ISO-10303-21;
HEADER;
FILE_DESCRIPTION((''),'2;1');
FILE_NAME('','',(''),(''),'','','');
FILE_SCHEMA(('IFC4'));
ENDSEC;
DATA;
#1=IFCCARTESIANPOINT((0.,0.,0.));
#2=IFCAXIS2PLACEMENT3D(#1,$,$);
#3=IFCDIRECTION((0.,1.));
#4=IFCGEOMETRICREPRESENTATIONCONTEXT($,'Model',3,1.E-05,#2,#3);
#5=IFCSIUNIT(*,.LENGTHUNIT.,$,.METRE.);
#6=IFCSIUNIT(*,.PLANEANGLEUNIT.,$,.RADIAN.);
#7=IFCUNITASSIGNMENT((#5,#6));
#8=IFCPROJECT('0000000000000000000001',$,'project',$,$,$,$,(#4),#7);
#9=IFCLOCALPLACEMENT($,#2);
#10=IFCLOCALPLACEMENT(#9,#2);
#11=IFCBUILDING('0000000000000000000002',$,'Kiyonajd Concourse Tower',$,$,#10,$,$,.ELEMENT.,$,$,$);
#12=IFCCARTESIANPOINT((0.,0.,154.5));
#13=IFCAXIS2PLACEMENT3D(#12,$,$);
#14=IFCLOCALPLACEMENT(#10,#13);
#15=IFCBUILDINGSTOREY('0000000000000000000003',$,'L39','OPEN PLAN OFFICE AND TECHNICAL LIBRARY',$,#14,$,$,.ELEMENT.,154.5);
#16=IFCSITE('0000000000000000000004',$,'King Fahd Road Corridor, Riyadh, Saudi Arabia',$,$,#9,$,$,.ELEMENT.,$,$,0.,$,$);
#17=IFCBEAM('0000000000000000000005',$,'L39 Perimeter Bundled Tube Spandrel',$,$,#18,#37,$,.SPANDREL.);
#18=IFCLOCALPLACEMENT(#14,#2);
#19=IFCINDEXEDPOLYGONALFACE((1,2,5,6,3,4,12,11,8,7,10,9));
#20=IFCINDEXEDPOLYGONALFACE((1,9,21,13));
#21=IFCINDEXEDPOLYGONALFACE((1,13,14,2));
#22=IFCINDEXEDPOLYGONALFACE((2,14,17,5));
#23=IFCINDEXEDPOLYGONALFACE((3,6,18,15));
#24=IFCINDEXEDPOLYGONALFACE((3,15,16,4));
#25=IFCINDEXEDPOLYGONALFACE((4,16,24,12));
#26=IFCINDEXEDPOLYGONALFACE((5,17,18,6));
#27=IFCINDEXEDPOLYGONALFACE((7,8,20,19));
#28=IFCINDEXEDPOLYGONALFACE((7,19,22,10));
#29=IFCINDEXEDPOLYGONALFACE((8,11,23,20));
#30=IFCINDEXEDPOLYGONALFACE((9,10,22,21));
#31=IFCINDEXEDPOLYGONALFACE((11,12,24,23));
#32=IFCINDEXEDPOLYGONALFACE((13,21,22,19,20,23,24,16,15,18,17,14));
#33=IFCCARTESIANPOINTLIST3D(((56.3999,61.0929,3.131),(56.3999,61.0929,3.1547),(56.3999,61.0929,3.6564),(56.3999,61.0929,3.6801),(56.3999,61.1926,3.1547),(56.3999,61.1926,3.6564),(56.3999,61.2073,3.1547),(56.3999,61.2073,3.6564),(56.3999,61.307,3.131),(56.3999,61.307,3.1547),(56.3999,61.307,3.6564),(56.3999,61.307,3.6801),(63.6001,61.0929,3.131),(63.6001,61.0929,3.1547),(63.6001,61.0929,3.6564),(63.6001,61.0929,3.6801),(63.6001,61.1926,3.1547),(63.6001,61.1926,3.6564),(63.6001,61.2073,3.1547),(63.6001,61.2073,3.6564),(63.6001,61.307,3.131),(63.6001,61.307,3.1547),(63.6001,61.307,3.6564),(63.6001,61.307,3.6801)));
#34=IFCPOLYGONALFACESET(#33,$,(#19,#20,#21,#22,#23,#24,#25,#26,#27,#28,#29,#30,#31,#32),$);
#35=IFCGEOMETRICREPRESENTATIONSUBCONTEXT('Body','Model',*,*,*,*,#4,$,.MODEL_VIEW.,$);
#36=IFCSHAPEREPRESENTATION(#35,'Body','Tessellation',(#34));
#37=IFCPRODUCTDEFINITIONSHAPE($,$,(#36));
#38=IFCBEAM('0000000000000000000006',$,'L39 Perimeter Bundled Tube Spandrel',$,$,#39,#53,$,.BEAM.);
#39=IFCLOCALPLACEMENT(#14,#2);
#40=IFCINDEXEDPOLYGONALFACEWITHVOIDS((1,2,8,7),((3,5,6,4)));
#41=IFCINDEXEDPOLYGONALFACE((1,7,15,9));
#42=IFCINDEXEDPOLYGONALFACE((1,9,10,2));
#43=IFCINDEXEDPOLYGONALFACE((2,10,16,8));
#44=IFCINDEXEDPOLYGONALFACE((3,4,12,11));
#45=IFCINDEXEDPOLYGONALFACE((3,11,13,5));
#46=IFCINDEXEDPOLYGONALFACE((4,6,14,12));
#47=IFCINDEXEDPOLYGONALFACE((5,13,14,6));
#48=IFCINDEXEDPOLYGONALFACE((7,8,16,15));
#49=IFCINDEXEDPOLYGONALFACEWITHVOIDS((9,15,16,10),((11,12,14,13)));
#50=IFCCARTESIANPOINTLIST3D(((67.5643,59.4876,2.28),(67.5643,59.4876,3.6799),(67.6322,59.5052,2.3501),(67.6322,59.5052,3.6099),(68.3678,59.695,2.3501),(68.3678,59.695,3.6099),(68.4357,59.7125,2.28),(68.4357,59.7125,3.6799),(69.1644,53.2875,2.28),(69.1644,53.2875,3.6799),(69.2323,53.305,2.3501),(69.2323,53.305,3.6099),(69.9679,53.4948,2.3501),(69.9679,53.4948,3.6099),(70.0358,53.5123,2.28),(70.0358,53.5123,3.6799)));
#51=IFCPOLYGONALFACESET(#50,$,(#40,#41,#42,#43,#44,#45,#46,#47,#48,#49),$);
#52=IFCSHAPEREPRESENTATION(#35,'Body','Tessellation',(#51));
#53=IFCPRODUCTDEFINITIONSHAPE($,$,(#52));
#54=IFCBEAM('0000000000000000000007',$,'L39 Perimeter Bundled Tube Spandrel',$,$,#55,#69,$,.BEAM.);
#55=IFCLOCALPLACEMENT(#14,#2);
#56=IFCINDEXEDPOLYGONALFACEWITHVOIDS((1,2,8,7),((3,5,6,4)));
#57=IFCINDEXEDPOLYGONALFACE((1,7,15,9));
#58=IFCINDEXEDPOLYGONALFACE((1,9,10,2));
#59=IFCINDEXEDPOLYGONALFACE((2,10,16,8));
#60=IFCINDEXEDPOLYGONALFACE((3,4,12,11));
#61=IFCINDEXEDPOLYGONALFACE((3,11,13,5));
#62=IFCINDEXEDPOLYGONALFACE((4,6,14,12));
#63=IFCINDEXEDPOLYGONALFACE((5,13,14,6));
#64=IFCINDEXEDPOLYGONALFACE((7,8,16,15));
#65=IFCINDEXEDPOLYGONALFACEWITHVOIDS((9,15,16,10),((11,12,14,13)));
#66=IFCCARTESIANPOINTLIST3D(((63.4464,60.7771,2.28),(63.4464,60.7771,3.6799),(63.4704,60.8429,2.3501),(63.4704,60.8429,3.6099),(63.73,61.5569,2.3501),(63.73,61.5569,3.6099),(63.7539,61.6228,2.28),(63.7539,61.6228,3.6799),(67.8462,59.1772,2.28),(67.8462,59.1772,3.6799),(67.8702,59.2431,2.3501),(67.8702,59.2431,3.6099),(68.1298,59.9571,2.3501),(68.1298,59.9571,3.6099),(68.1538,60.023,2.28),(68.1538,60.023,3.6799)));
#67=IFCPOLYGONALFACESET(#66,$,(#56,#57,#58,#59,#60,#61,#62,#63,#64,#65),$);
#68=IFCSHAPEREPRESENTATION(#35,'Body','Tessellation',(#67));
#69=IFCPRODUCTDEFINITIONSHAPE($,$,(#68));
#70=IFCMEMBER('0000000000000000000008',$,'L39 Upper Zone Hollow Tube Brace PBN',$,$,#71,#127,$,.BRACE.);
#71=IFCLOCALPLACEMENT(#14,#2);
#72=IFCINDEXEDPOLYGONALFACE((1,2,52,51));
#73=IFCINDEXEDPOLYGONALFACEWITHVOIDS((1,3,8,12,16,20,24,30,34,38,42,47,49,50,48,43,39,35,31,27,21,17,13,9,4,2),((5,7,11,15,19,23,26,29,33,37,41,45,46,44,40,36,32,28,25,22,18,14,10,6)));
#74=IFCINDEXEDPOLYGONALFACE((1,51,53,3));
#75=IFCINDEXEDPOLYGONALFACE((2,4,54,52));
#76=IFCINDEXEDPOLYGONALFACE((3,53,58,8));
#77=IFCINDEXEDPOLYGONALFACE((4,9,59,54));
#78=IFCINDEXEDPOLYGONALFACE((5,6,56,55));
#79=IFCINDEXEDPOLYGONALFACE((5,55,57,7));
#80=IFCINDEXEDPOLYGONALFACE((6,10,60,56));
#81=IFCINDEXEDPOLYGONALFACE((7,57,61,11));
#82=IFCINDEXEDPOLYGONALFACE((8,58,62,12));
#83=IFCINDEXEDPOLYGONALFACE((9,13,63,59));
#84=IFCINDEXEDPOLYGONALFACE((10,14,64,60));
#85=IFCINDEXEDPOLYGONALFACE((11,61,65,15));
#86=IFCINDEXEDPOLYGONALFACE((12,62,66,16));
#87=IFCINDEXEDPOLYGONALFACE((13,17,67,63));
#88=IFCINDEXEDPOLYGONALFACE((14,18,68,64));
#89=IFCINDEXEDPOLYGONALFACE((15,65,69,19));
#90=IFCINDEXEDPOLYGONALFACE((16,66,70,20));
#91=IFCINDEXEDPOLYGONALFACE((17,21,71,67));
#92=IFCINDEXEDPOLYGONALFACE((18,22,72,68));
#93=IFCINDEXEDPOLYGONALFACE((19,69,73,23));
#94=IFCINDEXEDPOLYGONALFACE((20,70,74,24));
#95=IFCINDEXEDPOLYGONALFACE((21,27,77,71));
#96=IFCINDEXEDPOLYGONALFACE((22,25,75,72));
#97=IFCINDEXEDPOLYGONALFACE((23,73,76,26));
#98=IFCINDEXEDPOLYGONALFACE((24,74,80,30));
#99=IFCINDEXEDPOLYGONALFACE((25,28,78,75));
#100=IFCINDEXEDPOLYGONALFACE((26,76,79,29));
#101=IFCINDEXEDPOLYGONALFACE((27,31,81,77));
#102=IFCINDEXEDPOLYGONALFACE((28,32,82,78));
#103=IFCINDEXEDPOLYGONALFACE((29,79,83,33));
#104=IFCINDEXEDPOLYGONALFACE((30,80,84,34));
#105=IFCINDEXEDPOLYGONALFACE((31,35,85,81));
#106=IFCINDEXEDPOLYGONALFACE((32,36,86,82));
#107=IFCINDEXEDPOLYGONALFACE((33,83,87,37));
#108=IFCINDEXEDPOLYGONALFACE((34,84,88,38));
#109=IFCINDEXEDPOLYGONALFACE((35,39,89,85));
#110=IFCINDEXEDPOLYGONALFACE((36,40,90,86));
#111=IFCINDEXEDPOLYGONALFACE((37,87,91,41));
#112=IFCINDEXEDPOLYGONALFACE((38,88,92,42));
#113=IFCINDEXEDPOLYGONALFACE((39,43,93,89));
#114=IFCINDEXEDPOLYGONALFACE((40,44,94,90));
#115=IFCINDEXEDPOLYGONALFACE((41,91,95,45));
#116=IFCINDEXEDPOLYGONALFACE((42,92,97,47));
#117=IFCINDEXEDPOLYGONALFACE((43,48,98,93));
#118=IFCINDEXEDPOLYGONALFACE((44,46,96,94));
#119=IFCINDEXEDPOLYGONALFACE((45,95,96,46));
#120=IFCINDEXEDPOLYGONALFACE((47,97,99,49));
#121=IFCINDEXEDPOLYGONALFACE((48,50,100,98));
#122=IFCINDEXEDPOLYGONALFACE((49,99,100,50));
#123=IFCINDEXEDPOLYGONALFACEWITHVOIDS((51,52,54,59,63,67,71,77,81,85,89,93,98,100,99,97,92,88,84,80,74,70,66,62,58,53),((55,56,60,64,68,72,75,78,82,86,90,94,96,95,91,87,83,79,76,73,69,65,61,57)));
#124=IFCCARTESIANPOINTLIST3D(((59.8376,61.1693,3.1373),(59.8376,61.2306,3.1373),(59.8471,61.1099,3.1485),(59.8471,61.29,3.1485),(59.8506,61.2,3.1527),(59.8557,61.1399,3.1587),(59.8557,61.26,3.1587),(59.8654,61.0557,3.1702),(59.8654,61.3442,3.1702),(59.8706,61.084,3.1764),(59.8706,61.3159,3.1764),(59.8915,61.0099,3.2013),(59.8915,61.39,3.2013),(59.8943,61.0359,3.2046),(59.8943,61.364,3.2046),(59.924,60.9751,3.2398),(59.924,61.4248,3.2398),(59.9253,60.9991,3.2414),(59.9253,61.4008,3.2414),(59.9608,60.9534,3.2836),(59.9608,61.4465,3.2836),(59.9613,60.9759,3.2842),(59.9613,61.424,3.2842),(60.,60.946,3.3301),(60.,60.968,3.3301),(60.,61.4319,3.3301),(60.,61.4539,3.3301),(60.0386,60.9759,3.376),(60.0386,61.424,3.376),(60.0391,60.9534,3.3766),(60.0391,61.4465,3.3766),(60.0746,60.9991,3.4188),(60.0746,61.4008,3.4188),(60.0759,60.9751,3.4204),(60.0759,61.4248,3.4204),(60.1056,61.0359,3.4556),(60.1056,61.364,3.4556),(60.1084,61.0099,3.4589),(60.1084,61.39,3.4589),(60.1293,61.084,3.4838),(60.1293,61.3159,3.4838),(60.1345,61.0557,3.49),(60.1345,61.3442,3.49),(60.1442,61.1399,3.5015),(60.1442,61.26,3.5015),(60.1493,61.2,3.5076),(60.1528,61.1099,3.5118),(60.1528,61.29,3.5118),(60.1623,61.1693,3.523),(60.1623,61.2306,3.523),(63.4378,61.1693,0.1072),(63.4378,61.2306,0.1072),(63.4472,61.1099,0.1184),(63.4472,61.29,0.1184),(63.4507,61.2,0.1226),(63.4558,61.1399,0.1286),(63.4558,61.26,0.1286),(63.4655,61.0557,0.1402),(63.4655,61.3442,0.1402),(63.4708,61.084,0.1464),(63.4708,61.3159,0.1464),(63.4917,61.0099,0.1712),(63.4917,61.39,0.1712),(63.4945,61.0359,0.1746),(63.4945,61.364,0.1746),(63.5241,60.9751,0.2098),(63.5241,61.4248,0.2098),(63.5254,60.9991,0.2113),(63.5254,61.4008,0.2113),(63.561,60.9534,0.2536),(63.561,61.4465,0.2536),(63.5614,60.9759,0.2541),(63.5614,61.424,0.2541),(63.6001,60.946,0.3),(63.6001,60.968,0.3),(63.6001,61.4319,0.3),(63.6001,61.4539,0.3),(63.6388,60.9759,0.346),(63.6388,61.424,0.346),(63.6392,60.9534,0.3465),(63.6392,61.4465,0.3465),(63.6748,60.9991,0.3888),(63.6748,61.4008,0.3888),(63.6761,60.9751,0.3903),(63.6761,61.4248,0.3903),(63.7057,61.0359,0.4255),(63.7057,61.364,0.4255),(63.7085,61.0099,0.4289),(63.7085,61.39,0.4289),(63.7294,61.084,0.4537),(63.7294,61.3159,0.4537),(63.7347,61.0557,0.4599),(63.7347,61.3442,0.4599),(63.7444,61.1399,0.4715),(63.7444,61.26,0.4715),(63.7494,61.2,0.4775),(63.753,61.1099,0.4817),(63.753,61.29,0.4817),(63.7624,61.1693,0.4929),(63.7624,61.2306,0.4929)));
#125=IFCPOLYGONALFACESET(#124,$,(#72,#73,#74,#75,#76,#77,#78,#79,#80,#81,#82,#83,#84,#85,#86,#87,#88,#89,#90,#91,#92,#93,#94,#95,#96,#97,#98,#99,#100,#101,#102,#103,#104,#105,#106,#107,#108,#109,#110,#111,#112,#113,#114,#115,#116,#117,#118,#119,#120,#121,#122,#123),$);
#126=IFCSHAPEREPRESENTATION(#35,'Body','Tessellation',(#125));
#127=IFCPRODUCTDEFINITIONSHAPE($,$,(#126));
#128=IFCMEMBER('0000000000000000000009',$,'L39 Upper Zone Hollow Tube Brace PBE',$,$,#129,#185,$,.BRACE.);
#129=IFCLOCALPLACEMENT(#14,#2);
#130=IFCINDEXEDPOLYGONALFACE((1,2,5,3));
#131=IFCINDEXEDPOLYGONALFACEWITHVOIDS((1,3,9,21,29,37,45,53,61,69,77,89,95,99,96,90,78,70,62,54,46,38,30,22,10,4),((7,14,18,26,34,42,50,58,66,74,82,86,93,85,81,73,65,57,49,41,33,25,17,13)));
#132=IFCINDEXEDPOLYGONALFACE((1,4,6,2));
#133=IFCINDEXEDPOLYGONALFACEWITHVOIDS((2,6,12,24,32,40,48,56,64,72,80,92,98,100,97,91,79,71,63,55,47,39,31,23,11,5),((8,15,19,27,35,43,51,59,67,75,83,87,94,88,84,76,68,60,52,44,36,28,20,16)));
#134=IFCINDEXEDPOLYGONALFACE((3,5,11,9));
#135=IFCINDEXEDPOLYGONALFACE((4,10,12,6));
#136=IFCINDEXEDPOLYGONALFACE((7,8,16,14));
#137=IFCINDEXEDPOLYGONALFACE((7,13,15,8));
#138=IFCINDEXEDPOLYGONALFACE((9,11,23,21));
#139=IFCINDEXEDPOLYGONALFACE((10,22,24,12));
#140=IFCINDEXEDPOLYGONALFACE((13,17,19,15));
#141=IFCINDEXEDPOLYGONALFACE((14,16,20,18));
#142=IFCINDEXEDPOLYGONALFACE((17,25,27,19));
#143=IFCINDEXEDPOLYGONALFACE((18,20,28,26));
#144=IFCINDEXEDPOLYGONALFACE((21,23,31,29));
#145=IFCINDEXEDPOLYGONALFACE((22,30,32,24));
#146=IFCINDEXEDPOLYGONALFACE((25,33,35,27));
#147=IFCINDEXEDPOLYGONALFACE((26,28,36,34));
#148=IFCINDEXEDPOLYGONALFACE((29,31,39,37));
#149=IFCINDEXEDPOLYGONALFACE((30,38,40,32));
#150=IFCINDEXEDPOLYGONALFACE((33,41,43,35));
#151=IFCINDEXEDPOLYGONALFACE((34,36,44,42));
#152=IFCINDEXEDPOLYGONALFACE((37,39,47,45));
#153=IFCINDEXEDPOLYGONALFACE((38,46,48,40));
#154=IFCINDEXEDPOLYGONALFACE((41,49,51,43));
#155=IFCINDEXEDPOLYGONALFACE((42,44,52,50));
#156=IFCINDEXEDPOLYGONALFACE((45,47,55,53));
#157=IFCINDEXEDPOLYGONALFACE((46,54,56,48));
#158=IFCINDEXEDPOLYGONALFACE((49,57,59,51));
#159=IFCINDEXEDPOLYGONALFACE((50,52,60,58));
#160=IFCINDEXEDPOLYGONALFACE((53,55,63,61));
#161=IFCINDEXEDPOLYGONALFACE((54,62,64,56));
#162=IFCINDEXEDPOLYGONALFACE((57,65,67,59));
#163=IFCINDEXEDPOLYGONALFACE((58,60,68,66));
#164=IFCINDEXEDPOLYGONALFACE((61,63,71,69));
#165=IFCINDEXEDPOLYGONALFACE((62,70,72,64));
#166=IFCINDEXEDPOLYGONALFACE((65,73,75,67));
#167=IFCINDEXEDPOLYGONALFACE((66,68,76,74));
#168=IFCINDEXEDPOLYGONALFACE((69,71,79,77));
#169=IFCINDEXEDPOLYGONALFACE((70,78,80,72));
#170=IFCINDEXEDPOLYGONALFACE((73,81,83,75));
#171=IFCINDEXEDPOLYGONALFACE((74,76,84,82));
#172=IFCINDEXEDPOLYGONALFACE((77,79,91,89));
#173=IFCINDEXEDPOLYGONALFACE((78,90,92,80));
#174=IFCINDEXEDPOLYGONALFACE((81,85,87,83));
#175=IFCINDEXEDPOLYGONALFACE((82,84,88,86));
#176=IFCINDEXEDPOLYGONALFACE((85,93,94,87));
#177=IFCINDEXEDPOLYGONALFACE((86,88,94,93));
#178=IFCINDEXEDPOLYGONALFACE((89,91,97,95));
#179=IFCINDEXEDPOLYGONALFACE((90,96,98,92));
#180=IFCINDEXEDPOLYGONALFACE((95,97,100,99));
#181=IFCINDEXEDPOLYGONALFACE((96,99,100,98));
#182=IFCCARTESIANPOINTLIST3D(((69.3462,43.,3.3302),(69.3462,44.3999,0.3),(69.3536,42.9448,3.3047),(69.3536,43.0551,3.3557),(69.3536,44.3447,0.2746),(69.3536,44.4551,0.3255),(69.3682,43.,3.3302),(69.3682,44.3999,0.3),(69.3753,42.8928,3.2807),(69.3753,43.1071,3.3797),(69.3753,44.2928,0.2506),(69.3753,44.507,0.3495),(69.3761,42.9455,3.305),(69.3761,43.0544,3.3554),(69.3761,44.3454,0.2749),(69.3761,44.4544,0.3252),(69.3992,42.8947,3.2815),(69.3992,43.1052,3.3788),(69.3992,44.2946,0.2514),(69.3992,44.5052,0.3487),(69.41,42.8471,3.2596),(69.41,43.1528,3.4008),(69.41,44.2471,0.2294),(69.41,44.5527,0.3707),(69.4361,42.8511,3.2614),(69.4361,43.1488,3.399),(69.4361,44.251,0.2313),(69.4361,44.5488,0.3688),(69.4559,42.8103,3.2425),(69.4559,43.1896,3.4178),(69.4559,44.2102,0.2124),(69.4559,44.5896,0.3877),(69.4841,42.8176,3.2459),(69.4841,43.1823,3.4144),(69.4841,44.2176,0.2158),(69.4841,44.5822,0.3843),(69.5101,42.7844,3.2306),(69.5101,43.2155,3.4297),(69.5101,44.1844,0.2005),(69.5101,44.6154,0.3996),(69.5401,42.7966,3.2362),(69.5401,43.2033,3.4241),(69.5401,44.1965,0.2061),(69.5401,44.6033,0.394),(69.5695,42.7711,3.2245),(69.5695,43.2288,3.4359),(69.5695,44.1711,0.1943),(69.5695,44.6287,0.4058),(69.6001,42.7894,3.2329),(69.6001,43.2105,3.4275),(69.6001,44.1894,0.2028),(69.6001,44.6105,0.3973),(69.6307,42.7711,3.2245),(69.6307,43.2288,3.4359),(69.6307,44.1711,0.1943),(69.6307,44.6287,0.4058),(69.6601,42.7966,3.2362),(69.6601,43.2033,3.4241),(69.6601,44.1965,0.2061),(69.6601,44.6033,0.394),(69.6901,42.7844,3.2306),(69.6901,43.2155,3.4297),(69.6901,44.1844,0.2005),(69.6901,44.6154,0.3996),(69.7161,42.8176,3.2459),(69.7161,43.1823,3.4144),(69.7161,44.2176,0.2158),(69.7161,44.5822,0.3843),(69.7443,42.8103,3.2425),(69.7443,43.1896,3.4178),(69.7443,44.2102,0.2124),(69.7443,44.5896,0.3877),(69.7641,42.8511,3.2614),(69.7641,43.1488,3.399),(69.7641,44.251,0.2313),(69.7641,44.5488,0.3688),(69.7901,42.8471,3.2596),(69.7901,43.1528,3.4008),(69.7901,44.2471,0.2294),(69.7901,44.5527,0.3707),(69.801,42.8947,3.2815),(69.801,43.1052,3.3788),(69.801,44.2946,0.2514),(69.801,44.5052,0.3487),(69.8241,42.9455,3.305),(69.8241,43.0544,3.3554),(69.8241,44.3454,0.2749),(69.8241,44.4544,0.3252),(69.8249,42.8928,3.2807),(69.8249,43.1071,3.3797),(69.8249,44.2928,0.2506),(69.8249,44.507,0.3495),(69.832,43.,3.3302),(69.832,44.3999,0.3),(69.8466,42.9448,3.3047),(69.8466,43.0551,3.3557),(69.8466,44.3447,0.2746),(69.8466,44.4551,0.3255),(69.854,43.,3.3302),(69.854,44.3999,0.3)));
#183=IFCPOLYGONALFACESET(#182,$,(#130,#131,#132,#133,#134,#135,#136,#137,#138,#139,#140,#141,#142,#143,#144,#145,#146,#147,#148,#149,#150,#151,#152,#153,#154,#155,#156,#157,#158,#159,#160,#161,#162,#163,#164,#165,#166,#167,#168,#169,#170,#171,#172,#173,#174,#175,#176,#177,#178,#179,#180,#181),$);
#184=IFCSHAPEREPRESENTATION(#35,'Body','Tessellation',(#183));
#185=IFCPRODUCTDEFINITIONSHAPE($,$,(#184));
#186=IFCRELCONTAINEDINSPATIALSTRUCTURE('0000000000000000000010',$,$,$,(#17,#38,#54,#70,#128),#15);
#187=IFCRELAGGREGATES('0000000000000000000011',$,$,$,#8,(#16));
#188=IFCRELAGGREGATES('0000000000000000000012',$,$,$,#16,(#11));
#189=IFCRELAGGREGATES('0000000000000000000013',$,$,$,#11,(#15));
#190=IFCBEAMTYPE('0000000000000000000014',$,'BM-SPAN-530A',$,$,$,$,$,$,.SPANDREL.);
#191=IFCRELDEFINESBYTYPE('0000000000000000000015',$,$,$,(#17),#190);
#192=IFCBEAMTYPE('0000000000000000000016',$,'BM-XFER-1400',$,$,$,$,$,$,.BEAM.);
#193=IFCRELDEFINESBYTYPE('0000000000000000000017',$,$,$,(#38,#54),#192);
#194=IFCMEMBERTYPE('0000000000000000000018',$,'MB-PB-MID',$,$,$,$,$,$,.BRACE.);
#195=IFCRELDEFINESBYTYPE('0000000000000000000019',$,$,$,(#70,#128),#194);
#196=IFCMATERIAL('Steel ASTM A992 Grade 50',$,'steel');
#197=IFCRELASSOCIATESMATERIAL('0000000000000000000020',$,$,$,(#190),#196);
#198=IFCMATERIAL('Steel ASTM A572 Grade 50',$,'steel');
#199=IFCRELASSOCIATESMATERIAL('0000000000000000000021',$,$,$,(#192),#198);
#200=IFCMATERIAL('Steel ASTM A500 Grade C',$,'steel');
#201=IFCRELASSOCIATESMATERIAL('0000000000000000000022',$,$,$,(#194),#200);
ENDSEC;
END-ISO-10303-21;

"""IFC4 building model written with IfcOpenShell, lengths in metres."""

from ifc_helpers import new_model, si_unit, direction, frame, origin, origin_2d, place, context, subcontext, project, spatial, hollow_rectangle, hollow_circle, i_section, extrude, material, material_profile, profile_set, type_object, element, save


model = new_model("IFC4")

# Units and contexts
model_context = context("Model", 3, precision=1e-05, world=origin(), true_north=direction((0.0, 1.0)))
body_context = subcontext(model_context, "Body", "Model", "MODEL_VIEW")
ifc_project = project(units=[si_unit("LENGTHUNIT", "METRE"), si_unit("PLANEANGLEUNIT", "RADIAN")], contexts=[model_context])

# Site, building, storey
site_placement = place(None, origin())
site = spatial("IfcSite", under=ifc_project, at=site_placement, Name="King Fahd Road Corridor, Riyadh, Saudi Arabia", CompositionType="ELEMENT", RefElevation=0.0)
building_placement = place(site_placement, origin())
building = spatial("IfcBuilding", under=site, at=building_placement, Name="Kiyonajd Concourse Tower", CompositionType="ELEMENT")
storey_placement = place(building_placement, frame((0.0, 0.0, 154.5)))
storey = spatial("IfcBuildingStorey", under=building, at=storey_placement, Name="L39", Description="OPEN PLAN OFFICE AND TECHNICAL LIBRARY", CompositionType="ELEMENT", Elevation=154.5)

# Beams
ifc_material_1 = material(Name="Steel ASTM A992 Grade 50", Category="steel")
ifc_material_profile_1 = material_profile(ifc_material_1, i_section(OverallWidth=0.2141, OverallDepth=0.5491, WebThickness=0.0146, FlangeThickness=0.0237, at=origin_2d()), Name="W530X138")
ifc_profile_set_1 = profile_set([ifc_material_profile_1], Name="Steel ASTM A992 Grade 50")
beam_type_1 = type_object("IfcBeamType", Name="BM-SPAN-530A", PredefinedType="SPANDREL", material=ifc_profile_set_1)
beam_1_placement = place(storey_placement, frame((63.6001, 61.2, 3.4055), z_axis=(-1.0, 0.0, 0.0), x_axis=(0.0, -1.0, 0.0)))
element("IfcBeam", 1, at=beam_1_placement, inside=storey, type_object=beam_type_1, Name="L39 Perimeter Bundled Tube Spandrel", PredefinedType="SPANDREL", context=body_context, shape_type="SweptSolid", body=[
    extrude(i_section(OverallWidth=0.2141, OverallDepth=0.5491, WebThickness=0.0146, FlangeThickness=0.0237, at=origin_2d()), origin(), (0.0, 0.0, 1.0), 7.2002),
])
ifc_material_2 = material(Name="Steel ASTM A572 Grade 50", Category="steel")
ifc_material_profile_2 = material_profile(ifc_material_2, hollow_rectangle(XDim=0.8999, YDim=1.3999, WallThickness=0.0701, at=origin_2d()), Name="BOX-1400x900x70")
ifc_profile_set_2 = profile_set([ifc_material_profile_2], Name="Steel ASTM A572 Grade 50")
beam_type_2 = type_object("IfcBeamType", Name="BM-XFER-1400", PredefinedType="BEAM", material=ifc_profile_set_2)
beam_2_placement = place(storey_placement, frame((69.6001, 53.3999, 2.98), z_axis=(-0.249885, 0.968276, 0.0), x_axis=(-0.968276, -0.249885, 0.0)))
element("IfcBeam", 2, at=beam_2_placement, inside=storey, type_object=beam_type_2, Name="L39 Perimeter Bundled Tube Spandrel", PredefinedType="BEAM", context=body_context, shape_type="SweptSolid", body=[
    extrude(hollow_rectangle(XDim=0.8999, YDim=1.3999, WallThickness=0.0701, at=origin_2d()), origin(), (0.0, 0.0, 1.0), 6.4033),
])
beam_3_placement = place(storey_placement, frame((68.0, 59.6001, 2.98), z_axis=(-0.939801, 0.341722, 0.0), x_axis=(-0.341722, -0.939801, 0.0)))
element("IfcBeam", 3, at=beam_3_placement, inside=storey, type_object=beam_type_2, Name="L39 Perimeter Bundled Tube Spandrel", PredefinedType="BEAM", context=body_context, shape_type="SweptSolid", body=[
    extrude(hollow_rectangle(XDim=0.8999, YDim=1.3999, WallThickness=0.0701, at=origin_2d()), origin(), (0.0, 0.0, 1.0), 4.6816),
])

# Members
ifc_material_3 = material(Name="Steel ASTM A500 Grade C", Category="steel")
ifc_material_profile_3 = material_profile(ifc_material_3, hollow_circle(Radius=0.2539, WallThickness=0.022, at=origin_2d()), Name="CHS-508x22")
ifc_profile_set_3 = profile_set([ifc_material_profile_3], Name="Steel ASTM A500 Grade C")
member_type = type_object("IfcMemberType", Name="MB-PB-MID", PredefinedType="BRACE", material=ifc_profile_set_3)
member_1_placement = place(storey_placement, frame((63.6001, 61.2, 0.3), z_axis=(-0.765082, 0.0, 0.643933), x_axis=(0.0, -1.0, 0.0)))
element("IfcMember", 4, at=member_1_placement, inside=storey, type_object=member_type, Name="L39 Upper Zone Hollow Tube Brace PBN", PredefinedType="BRACE", context=body_context, shape_type="SweptSolid", body=[
    extrude(hollow_circle(Radius=0.2539, WallThickness=0.022, at=origin_2d()), origin(), (0.0, 0.0, 1.0), 4.7056),
])
member_2_placement = place(storey_placement, frame((69.6001, 44.3999, 0.3), z_axis=(0.0, -0.419411, 0.907797), x_axis=(1.0, 0.0, 0.0)))
element("IfcMember", 5, at=member_2_placement, inside=storey, type_object=member_type, Name="L39 Upper Zone Hollow Tube Brace PBE", PredefinedType="BRACE", context=body_context, shape_type="SweptSolid", body=[
    extrude(hollow_circle(Radius=0.2539, WallThickness=0.022, at=origin_2d()), origin(), (0.0, 0.0, 1.0), 3.3379),
])

save(model, "model.ifc")
